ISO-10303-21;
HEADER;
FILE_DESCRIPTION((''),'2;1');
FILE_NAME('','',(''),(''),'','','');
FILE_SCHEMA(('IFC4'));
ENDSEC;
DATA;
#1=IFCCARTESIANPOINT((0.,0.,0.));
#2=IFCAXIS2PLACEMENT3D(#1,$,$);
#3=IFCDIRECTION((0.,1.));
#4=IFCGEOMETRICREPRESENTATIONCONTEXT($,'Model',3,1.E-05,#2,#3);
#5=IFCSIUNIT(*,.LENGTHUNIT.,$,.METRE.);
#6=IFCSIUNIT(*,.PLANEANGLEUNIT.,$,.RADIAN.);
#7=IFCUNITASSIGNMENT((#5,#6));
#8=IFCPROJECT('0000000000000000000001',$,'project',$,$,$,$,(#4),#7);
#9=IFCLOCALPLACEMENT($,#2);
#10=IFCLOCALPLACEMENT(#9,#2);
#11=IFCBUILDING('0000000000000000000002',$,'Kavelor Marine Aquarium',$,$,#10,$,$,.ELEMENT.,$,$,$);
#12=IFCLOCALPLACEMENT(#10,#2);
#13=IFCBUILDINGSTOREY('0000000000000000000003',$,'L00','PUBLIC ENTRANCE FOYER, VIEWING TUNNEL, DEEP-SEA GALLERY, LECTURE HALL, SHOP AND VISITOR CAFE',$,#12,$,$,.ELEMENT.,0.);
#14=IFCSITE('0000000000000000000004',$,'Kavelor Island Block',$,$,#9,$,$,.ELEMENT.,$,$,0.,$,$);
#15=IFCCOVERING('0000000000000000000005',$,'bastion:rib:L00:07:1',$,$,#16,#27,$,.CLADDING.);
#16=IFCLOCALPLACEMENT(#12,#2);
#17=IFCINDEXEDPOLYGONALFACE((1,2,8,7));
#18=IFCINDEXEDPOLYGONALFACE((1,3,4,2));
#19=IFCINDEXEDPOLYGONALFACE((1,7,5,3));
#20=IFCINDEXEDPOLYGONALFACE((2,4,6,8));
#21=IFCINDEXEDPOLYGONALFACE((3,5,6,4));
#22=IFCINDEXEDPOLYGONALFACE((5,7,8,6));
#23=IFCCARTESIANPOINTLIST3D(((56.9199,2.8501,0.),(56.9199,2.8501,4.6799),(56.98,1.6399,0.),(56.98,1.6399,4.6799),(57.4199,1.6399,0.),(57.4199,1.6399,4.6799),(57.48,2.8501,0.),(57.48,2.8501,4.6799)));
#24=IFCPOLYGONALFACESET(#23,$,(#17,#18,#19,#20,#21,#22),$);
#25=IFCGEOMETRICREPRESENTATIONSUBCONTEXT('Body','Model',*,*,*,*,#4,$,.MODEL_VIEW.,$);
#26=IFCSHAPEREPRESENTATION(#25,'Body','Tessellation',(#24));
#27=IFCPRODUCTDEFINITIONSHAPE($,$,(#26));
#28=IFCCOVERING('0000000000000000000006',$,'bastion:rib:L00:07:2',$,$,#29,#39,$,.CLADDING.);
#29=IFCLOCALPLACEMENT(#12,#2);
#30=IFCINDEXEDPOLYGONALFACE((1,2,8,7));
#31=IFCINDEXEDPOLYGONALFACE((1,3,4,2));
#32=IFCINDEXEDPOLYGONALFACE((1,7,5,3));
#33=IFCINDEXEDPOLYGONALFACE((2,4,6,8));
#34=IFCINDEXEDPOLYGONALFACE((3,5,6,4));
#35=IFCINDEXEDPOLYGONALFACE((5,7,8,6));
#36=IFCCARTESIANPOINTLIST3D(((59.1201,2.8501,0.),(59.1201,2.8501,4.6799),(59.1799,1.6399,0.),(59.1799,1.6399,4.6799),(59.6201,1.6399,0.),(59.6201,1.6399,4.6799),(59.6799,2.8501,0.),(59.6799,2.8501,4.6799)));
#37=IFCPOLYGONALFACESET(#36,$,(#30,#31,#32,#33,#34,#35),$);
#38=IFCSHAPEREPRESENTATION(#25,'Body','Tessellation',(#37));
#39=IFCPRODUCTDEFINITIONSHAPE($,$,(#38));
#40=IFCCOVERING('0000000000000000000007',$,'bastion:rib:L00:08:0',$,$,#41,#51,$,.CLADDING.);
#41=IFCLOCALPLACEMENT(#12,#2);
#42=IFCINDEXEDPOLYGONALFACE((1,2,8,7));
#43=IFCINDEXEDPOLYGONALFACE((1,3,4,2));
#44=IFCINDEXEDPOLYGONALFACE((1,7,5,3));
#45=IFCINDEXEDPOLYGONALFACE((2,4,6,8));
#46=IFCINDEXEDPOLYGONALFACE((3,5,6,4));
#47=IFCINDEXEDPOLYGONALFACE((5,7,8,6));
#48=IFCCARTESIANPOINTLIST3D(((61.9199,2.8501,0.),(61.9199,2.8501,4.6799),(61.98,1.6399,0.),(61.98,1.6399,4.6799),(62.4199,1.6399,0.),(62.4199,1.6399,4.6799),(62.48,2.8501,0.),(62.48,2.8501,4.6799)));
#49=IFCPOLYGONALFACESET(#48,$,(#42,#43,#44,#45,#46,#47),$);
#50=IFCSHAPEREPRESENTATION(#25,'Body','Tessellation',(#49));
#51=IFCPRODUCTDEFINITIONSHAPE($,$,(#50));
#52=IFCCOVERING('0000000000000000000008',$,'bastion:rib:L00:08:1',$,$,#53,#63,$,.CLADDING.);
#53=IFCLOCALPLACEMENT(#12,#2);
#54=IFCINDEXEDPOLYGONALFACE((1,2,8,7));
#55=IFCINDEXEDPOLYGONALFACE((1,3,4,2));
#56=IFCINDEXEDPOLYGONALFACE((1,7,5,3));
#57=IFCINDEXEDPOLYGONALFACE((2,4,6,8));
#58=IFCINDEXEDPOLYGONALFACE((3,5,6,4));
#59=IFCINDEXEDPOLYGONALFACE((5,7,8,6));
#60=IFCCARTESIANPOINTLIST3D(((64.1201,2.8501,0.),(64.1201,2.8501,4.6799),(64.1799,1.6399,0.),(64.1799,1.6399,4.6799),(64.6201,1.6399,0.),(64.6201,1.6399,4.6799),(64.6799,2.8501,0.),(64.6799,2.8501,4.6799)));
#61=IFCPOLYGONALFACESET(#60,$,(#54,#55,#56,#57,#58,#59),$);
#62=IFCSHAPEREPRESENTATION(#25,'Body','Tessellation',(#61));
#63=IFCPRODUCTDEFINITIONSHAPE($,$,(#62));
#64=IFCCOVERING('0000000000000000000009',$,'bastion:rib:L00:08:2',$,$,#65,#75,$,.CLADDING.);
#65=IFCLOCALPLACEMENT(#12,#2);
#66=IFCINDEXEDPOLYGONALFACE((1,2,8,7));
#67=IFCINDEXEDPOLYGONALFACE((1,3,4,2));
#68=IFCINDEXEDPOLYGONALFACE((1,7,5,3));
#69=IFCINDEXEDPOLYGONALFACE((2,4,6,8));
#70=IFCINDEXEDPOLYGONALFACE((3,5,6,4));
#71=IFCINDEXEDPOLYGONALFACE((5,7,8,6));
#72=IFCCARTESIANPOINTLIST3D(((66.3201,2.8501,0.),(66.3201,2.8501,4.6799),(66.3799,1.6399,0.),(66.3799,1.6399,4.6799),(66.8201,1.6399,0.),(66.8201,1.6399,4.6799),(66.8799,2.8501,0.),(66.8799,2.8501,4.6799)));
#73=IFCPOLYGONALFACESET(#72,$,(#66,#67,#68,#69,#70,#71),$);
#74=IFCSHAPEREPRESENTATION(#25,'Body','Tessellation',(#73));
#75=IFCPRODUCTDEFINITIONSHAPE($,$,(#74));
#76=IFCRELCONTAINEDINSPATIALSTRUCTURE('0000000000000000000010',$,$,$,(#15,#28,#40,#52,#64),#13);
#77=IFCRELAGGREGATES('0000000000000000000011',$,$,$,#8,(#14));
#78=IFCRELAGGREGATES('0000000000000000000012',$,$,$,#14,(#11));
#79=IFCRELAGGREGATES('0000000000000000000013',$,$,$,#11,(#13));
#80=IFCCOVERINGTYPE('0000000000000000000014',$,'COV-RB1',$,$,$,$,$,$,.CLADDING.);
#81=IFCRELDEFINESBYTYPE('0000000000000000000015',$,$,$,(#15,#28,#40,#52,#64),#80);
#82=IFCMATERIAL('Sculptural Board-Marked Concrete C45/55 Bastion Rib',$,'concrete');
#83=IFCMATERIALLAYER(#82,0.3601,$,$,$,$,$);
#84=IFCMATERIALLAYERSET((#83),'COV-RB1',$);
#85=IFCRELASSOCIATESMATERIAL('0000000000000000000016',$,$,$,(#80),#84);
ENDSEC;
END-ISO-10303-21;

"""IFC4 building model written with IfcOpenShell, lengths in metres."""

from ifc_helpers import new_model, si_unit, direction, origin, place, context, subcontext, project, spatial, polyline, outline, extrude, material, layer, layer_set, type_object, element, save


model = new_model("IFC4")

# Units and contexts
model_context = context("Model", 3, precision=1e-05, world=origin(), true_north=direction((0.0, 1.0)))
body_context = subcontext(model_context, "Body", "Model", "MODEL_VIEW")
ifc_project = project(units=[si_unit("LENGTHUNIT", "METRE"), si_unit("PLANEANGLEUNIT", "RADIAN")], contexts=[model_context])

# Site, building, storey
site_placement = place(None, origin())
site = spatial("IfcSite", under=ifc_project, at=site_placement, Name="Kavelor Island Block", CompositionType="ELEMENT", RefElevation=0.0)
building_placement = place(site_placement, origin())
building = spatial("IfcBuilding", under=site, at=building_placement, Name="Kavelor Marine Aquarium", CompositionType="ELEMENT")
storey_placement = place(building_placement, origin())
storey = spatial("IfcBuildingStorey", under=building, at=storey_placement, Name="L00", Description="PUBLIC ENTRANCE FOYER, VIEWING TUNNEL, DEEP-SEA GALLERY, LECTURE HALL, SHOP AND VISITOR CAFE", CompositionType="ELEMENT", Elevation=0.0)

# Coverings
ifc_material_1 = material(Name="Sculptural Board-Marked Concrete C45/55 Bastion Rib", Category="concrete")
ifc_layer_1 = layer(ifc_material_1, 0.3601)
ifc_layer_set_1 = layer_set([ifc_layer_1], Name="COV-RB1")
covering_type_1 = type_object("IfcCoveringType", Name="COV-RB1", PredefinedType="CLADDING", material=ifc_layer_set_1)
covering_1_placement = place(storey_placement, origin())
element("IfcCovering", 1, at=covering_1_placement, inside=storey, type_object=covering_type_1, Name="bastion:rib:L00:07:1", PredefinedType="CLADDING", context=body_context, shape_type="SweptSolid", body=[
    extrude(outline(polyline([(56.98, 1.6399), (57.4199, 1.6399), (57.48, 2.8501), (56.9199, 2.8501), (56.98, 1.6399)])), origin(), (0.0, 0.0, 1.0), 4.6799),
])
covering_2_placement = place(storey_placement, origin())
element("IfcCovering", 2, at=covering_2_placement, inside=storey, type_object=covering_type_1, Name="bastion:rib:L00:07:2", PredefinedType="CLADDING", context=body_context, shape_type="SweptSolid", body=[
    extrude(outline(polyline([(59.1799, 1.6399), (59.6201, 1.6399), (59.6799, 2.8501), (59.1201, 2.8501), (59.1799, 1.6399)])), origin(), (0.0, 0.0, 1.0), 4.6799),
])
covering_3_placement = place(storey_placement, origin())
element("IfcCovering", 3, at=covering_3_placement, inside=storey, type_object=covering_type_1, Name="bastion:rib:L00:08:0", PredefinedType="CLADDING", context=body_context, shape_type="SweptSolid", body=[
    extrude(outline(polyline([(61.98, 1.6399), (62.4199, 1.6399), (62.48, 2.8501), (61.9199, 2.8501), (61.98, 1.6399)])), origin(), (0.0, 0.0, 1.0), 4.6799),
])
covering_4_placement = place(storey_placement, origin())
element("IfcCovering", 4, at=covering_4_placement, inside=storey, type_object=covering_type_1, Name="bastion:rib:L00:08:1", PredefinedType="CLADDING", context=body_context, shape_type="SweptSolid", body=[
    extrude(outline(polyline([(64.1799, 1.6399), (64.6201, 1.6399), (64.6799, 2.8501), (64.1201, 2.8501), (64.1799, 1.6399)])), origin(), (0.0, 0.0, 1.0), 4.6799),
])
covering_5_placement = place(storey_placement, origin())
element("IfcCovering", 5, at=covering_5_placement, inside=storey, type_object=covering_type_1, Name="bastion:rib:L00:08:2", PredefinedType="CLADDING", context=body_context, shape_type="SweptSolid", body=[
    extrude(outline(polyline([(66.3799, 1.6399), (66.8201, 1.6399), (66.8799, 2.8501), (66.3201, 2.8501), (66.3799, 1.6399)])), origin(), (0.0, 0.0, 1.0), 4.6799),
])

save(model, "model.ifc")
